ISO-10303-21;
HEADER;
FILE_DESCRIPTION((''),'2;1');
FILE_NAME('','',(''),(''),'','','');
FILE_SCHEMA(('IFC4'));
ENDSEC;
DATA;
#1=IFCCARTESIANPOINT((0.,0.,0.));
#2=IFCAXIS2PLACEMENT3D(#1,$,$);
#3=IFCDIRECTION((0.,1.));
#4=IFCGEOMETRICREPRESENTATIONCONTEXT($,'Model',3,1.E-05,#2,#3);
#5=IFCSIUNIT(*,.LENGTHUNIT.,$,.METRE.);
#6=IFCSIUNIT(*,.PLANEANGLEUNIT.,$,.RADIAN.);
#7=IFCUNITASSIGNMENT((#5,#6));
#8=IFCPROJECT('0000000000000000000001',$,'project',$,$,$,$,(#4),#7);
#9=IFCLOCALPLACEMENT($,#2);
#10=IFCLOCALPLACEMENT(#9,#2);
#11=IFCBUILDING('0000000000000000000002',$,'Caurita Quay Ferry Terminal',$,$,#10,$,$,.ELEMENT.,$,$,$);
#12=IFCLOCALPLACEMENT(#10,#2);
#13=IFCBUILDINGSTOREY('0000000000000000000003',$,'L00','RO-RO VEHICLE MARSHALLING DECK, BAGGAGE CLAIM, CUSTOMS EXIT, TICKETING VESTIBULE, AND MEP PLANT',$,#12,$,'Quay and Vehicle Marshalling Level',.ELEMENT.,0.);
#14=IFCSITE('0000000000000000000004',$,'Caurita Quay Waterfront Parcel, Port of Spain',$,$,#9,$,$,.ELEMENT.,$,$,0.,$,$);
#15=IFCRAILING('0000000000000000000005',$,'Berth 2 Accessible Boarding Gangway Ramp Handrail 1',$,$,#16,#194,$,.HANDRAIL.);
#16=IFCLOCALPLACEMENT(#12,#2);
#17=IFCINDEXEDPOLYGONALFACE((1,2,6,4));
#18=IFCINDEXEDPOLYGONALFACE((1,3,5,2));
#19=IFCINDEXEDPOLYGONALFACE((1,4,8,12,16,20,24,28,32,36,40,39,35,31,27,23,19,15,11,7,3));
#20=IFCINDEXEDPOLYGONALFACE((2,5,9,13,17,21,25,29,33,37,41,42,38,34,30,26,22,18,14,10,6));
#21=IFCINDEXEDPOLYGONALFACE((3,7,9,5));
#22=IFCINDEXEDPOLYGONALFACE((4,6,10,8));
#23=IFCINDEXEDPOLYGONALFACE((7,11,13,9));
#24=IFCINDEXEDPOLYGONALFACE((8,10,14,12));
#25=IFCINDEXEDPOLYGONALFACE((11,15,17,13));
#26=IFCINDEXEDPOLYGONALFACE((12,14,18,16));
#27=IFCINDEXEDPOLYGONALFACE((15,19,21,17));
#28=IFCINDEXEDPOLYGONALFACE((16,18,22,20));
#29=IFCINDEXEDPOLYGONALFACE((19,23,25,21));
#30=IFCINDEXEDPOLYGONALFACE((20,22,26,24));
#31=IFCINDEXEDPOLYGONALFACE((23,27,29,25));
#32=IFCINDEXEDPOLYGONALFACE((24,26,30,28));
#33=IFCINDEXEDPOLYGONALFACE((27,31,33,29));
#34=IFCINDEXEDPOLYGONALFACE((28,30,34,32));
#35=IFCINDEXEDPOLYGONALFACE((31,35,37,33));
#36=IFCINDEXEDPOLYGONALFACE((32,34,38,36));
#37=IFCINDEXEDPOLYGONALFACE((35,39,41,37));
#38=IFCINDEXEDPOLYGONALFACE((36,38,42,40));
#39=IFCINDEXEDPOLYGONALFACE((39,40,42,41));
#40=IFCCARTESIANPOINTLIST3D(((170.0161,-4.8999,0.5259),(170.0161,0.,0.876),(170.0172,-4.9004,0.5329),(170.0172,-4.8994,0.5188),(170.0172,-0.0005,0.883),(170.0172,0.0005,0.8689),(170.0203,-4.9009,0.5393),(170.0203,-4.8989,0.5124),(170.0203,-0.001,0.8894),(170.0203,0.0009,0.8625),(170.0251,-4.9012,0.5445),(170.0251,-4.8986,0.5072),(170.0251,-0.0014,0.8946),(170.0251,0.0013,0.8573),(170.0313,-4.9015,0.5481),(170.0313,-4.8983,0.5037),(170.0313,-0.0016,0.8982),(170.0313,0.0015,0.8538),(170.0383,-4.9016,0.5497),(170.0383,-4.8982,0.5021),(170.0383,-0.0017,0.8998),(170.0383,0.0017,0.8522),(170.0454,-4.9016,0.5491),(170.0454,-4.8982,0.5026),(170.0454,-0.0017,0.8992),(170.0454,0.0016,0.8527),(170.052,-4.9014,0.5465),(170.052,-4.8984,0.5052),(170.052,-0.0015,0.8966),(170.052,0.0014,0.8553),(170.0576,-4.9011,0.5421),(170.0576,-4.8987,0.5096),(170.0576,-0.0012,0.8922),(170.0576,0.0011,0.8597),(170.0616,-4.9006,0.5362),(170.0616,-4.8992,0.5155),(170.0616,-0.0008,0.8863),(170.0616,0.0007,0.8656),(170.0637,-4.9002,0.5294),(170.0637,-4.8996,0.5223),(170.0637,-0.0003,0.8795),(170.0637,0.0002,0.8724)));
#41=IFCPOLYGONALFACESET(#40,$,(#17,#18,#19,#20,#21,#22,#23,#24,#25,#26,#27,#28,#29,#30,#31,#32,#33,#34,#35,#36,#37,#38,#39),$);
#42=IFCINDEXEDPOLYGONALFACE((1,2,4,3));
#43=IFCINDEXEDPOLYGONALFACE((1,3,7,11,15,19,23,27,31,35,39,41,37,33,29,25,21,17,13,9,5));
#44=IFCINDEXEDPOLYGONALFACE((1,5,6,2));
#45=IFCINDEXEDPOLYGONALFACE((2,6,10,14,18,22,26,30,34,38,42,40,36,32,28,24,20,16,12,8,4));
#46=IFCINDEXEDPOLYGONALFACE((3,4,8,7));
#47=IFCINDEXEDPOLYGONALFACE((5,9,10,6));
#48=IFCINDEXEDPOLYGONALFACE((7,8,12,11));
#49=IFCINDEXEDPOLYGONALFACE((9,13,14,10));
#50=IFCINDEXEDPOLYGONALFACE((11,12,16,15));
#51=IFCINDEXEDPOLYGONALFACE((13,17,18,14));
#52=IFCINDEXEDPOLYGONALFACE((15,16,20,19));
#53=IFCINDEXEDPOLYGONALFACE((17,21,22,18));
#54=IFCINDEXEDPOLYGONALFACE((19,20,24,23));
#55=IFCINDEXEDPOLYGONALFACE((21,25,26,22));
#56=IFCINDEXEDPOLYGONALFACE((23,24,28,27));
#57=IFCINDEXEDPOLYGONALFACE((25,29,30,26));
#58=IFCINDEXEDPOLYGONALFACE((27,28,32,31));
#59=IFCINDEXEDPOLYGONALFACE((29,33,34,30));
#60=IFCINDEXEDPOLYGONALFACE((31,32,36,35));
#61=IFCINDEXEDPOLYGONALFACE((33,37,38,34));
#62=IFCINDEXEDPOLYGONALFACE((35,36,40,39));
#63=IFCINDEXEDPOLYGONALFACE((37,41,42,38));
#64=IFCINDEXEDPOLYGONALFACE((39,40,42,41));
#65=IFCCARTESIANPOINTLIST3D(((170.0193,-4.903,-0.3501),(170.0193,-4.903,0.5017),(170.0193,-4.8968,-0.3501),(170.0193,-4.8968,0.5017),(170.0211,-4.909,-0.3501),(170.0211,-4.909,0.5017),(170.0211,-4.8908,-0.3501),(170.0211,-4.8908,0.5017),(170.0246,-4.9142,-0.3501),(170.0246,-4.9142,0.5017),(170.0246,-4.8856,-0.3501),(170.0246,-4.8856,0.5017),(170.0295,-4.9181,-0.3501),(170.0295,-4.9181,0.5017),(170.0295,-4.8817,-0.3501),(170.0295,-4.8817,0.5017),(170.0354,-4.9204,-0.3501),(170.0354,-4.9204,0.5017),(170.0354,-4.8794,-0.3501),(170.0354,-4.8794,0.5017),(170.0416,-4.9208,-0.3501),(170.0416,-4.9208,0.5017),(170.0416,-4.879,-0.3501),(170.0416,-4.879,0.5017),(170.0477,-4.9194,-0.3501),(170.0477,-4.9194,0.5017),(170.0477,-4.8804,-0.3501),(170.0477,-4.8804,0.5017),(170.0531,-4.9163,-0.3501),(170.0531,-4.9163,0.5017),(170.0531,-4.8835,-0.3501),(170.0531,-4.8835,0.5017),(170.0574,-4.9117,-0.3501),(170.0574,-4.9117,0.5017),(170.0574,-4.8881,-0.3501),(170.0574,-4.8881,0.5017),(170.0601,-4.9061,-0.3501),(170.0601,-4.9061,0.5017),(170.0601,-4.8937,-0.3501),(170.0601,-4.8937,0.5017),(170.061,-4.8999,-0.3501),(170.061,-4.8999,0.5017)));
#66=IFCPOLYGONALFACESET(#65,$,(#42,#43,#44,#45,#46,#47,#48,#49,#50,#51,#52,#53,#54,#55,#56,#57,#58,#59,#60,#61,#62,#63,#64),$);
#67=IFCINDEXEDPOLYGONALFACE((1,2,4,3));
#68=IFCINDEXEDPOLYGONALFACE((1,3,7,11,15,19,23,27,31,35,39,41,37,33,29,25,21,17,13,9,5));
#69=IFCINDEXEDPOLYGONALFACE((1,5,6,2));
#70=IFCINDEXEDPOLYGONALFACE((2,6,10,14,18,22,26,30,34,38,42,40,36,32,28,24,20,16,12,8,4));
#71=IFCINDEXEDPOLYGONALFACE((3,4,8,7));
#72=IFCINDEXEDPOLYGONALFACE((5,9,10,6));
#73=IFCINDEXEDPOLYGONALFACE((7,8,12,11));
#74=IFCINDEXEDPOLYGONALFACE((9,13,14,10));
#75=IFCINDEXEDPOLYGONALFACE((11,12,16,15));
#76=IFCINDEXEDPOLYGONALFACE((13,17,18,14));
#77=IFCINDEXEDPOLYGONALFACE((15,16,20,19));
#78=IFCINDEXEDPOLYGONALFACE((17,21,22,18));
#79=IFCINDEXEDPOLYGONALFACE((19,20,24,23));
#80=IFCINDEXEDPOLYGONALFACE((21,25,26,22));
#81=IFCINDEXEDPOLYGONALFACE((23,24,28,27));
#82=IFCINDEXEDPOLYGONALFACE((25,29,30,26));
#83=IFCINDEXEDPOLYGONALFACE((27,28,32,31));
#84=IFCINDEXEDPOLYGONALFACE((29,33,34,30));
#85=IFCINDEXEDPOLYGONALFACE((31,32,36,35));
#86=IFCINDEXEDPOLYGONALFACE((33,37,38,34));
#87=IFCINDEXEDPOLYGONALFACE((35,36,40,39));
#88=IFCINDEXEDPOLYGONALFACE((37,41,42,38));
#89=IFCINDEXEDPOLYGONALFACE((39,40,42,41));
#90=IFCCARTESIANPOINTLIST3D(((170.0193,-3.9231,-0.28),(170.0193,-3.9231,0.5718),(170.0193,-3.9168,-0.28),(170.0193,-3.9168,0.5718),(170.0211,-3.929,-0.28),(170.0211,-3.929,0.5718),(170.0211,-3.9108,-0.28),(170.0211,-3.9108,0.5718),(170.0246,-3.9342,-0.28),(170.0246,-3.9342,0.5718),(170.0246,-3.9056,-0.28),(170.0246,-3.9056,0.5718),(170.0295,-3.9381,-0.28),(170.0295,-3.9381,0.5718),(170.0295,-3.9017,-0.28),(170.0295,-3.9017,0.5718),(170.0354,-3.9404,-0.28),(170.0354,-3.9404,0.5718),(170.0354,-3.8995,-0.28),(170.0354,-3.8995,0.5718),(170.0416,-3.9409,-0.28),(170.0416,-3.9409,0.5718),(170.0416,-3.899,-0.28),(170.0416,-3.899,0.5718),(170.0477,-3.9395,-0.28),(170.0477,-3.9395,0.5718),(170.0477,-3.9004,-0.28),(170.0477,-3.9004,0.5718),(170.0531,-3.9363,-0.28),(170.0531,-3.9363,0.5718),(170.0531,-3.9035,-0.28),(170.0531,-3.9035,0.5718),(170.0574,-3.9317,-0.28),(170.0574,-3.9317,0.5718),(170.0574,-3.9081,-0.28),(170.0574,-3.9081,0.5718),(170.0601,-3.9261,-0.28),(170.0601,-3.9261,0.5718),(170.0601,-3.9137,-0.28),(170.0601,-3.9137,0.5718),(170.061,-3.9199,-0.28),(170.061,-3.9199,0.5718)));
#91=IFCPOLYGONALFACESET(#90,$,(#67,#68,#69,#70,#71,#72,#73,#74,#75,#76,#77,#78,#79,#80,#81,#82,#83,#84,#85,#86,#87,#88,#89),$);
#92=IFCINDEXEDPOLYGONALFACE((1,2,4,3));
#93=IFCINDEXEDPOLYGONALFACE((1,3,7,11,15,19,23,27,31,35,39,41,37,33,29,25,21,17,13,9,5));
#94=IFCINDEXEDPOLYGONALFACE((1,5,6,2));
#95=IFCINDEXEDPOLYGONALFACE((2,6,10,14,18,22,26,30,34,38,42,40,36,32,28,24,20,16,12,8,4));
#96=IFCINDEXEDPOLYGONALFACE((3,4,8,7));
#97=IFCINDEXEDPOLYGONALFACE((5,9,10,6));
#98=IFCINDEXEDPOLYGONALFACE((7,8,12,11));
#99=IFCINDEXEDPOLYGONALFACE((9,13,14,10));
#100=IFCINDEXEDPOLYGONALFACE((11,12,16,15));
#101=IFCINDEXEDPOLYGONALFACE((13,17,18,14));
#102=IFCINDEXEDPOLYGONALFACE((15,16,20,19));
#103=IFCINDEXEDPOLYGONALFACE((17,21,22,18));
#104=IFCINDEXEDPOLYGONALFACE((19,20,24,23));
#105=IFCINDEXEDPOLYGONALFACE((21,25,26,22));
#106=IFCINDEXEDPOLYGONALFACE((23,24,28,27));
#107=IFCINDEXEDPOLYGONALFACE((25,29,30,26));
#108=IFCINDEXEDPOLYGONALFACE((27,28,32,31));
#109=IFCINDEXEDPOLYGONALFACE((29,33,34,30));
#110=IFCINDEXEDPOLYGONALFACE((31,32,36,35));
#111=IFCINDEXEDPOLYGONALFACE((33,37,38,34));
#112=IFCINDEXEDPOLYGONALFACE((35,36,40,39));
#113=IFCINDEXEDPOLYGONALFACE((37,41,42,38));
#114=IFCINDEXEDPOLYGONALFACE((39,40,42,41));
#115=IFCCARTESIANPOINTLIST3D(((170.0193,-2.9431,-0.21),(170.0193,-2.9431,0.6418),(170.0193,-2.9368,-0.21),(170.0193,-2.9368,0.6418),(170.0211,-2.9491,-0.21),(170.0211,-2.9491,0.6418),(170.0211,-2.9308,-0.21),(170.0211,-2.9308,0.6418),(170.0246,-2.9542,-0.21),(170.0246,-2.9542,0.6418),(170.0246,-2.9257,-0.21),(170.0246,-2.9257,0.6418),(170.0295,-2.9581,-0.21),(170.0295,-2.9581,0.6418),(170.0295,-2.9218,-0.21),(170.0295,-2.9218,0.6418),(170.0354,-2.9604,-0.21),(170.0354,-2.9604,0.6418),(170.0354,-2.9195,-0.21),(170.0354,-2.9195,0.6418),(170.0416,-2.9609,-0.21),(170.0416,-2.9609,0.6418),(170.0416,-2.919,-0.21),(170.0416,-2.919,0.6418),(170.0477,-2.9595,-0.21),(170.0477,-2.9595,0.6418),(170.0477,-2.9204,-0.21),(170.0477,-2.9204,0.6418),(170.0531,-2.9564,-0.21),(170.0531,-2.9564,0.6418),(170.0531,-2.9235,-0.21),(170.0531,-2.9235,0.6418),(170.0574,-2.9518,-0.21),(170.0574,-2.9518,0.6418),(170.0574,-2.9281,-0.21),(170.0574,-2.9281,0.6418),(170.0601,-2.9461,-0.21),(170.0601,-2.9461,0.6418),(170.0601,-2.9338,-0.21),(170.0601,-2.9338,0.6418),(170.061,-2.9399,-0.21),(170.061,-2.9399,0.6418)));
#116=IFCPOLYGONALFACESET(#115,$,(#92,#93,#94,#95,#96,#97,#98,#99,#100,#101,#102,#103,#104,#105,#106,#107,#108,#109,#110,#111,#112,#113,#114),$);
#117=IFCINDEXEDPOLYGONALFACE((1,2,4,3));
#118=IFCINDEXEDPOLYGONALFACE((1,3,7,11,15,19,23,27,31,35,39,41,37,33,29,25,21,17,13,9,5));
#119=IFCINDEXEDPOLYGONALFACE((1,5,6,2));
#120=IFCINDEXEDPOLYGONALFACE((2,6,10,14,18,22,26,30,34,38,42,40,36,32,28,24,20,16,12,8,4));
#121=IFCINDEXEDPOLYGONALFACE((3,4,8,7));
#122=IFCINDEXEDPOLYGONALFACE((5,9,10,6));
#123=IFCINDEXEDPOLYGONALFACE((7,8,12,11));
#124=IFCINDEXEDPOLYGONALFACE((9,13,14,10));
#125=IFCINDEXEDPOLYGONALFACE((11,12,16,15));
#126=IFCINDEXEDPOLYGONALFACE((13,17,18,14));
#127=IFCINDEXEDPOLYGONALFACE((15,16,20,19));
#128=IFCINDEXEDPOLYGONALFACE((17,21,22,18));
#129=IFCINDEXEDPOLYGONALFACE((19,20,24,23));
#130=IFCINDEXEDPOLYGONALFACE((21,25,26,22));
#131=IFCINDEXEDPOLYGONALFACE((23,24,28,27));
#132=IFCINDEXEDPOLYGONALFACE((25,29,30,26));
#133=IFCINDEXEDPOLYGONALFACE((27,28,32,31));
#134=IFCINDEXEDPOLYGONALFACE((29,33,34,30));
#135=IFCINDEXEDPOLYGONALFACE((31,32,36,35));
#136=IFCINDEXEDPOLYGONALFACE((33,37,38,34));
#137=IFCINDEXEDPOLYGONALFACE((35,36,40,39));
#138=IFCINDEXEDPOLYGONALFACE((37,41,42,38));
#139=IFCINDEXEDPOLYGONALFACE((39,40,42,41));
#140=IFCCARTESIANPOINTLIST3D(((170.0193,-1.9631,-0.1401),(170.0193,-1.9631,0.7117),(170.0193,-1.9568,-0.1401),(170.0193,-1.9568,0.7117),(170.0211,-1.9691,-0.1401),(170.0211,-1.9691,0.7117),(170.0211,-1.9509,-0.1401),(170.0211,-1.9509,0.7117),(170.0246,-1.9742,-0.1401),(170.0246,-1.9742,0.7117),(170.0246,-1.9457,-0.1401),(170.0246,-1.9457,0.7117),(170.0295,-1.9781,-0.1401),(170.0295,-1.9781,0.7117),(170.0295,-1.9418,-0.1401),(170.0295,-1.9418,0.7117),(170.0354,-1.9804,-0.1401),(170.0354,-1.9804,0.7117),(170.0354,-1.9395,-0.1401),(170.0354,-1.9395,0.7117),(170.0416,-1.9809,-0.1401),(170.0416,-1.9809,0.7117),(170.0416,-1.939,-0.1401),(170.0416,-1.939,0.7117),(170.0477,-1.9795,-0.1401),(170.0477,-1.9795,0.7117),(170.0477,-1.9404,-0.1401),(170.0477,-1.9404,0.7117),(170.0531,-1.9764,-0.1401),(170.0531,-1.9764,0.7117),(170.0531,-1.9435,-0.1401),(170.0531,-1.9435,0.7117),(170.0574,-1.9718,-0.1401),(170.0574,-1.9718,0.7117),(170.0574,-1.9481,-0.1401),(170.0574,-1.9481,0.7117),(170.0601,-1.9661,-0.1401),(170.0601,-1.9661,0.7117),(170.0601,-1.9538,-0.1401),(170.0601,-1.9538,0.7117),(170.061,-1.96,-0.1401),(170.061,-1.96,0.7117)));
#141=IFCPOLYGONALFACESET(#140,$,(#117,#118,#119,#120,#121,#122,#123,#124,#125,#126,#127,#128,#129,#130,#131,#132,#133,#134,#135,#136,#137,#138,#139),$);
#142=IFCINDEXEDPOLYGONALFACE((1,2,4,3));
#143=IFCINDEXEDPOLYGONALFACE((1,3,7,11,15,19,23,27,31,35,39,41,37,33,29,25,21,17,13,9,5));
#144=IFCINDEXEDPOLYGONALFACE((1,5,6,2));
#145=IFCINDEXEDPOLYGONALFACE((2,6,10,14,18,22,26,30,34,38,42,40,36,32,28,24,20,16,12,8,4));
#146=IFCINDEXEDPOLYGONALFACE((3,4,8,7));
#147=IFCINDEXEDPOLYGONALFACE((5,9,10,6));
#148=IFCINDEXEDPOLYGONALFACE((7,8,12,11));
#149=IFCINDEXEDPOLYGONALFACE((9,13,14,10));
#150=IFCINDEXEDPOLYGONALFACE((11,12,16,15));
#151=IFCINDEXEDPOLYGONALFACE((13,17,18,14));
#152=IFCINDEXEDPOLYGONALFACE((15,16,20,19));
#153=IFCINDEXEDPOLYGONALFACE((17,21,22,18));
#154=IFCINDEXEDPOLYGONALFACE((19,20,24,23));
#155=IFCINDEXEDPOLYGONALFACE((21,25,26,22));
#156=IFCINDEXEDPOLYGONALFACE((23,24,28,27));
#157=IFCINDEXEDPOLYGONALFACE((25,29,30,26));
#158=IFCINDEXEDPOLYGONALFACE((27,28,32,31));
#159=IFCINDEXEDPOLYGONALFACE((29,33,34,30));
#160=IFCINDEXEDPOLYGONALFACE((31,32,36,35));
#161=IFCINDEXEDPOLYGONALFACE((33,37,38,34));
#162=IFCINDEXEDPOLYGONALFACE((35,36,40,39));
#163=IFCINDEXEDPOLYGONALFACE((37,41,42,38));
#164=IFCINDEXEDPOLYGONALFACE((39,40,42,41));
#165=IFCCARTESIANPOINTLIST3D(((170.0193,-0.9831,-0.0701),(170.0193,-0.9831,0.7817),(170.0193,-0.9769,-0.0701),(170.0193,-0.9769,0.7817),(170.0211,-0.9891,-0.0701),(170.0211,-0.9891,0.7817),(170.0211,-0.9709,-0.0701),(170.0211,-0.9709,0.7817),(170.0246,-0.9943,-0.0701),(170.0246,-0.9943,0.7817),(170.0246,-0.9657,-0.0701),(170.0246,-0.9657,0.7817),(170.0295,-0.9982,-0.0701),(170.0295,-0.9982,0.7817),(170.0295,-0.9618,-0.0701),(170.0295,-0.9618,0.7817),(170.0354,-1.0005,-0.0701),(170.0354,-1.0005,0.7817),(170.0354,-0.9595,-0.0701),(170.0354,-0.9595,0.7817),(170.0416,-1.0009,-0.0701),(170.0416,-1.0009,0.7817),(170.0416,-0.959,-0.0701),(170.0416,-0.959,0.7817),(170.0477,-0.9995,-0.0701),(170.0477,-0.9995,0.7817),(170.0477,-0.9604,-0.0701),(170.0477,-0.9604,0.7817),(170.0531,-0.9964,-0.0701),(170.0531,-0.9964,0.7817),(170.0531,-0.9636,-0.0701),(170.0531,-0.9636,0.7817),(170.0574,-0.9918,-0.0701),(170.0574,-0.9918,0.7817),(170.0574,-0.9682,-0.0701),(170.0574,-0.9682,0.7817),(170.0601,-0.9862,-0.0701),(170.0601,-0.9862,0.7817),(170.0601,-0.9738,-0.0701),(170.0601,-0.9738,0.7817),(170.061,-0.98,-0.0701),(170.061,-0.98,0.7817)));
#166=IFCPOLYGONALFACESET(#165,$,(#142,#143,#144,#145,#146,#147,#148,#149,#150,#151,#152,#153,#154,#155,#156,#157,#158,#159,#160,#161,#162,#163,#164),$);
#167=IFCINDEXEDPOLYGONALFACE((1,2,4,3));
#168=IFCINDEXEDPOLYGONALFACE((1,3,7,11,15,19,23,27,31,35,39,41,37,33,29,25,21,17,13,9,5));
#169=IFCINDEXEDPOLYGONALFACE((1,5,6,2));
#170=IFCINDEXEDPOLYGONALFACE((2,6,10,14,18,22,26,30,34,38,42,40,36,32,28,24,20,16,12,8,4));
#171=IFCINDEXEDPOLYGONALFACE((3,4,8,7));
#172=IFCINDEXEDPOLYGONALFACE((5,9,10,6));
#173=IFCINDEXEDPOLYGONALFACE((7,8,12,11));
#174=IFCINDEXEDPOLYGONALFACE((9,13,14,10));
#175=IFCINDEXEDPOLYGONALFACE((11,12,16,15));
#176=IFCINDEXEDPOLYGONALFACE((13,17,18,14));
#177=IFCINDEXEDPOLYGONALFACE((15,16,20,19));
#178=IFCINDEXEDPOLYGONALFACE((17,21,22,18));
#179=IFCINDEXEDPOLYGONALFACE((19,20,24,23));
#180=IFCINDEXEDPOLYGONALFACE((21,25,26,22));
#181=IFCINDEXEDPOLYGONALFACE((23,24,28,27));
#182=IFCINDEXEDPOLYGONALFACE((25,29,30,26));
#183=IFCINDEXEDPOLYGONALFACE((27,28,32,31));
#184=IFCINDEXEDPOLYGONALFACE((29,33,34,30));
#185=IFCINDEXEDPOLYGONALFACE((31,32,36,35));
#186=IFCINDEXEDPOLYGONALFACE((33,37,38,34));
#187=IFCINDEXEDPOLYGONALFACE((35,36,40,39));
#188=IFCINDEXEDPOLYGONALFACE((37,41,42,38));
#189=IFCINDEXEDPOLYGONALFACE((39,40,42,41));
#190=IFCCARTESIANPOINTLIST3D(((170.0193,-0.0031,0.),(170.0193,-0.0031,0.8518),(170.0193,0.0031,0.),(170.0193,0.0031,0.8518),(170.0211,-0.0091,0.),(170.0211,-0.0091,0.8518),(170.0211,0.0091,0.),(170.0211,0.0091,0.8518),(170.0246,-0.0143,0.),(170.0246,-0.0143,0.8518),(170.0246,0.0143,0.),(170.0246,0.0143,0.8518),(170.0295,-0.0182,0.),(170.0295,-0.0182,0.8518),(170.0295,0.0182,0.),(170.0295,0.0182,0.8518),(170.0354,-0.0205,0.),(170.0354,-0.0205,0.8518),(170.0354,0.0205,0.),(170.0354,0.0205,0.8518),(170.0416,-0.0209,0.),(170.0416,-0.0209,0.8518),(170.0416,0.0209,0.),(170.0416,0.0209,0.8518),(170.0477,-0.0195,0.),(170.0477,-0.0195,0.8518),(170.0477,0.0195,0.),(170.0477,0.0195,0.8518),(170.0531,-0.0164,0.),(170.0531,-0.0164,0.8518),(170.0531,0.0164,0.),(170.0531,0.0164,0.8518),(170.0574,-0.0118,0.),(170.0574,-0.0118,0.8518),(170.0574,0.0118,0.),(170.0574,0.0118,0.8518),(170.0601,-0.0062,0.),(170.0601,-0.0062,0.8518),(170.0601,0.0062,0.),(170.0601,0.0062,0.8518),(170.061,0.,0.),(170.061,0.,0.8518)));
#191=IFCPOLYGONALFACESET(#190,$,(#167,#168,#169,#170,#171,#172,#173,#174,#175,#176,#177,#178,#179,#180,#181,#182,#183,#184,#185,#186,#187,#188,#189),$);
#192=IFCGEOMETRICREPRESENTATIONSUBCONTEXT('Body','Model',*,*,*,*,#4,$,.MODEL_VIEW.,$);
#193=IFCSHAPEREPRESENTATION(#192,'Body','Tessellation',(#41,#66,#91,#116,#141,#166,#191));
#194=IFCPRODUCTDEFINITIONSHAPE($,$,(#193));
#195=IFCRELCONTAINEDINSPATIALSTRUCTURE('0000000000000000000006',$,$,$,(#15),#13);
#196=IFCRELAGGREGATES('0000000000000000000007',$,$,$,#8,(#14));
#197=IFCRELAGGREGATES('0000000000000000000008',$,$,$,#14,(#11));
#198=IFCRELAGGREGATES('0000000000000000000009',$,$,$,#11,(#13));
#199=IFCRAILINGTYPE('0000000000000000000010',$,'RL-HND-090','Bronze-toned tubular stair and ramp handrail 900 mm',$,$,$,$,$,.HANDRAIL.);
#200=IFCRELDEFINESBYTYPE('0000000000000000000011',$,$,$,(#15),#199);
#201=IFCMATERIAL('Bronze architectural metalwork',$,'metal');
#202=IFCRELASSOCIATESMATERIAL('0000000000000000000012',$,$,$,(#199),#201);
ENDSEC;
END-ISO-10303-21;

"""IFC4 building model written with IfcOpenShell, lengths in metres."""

from ifc_helpers import new_model, si_unit, direction, frame, origin, origin_2d, place, context, subcontext, project, spatial, circle, extrude, material, type_object, element, save


model = new_model("IFC4")

# Units and contexts
model_context = context("Model", 3, precision=1e-05, world=origin(), true_north=direction((0.0, 1.0)))
body_context = subcontext(model_context, "Body", "Model", "MODEL_VIEW")
ifc_project = project(units=[si_unit("LENGTHUNIT", "METRE"), si_unit("PLANEANGLEUNIT", "RADIAN")], contexts=[model_context])

# Site, building, storey
site_placement = place(None, origin())
site = spatial("IfcSite", under=ifc_project, at=site_placement, Name="Caurita Quay Waterfront Parcel, Port of Spain", CompositionType="ELEMENT", RefElevation=0.0)
building_placement = place(site_placement, origin())
building = spatial("IfcBuilding", under=site, at=building_placement, Name="Caurita Quay Ferry Terminal", CompositionType="ELEMENT")
storey_placement = place(building_placement, origin())
storey = spatial("IfcBuildingStorey", under=building, at=storey_placement, Name="L00", Description="RO-RO VEHICLE MARSHALLING DECK, BAGGAGE CLAIM, CUSTOMS EXIT, TICKETING VESTIBULE, AND MEP PLANT", LongName="Quay and Vehicle Marshalling Level", CompositionType="ELEMENT", Elevation=0.0)

# Railing
ifc_material_1 = material(Name="Bronze architectural metalwork", Category="metal")
railing_type_1 = type_object("IfcRailingType", Name="RL-HND-090", Description="Bronze-toned tubular stair and ramp handrail 900 mm", PredefinedType="HANDRAIL", material=ifc_material_1)
for number, where, name in (
    (1, (170.04, -4.8999, -0.3501), "Berth 2 Accessible Boarding Gangway Ramp Handrail 1"),
):
    element("IfcRailing", number, at=place(storey_placement, frame(where)), inside=storey, type_object=railing_type_1, Name=name, PredefinedType="HANDRAIL", context=body_context, shape_type="SweptSolid", body=[
        extrude(circle(Radius=0.0239, at=origin_2d()), frame((0.0, 0.0, 0.876), z_axis=(0.0, 0.997457, 0.071268), x_axis=(-1.0, 0.0, 0.0)), (0.0, 0.0, 1.0), 4.9124),
        extrude(circle(Radius=0.021, at=origin_2d()), origin(), (0.0, 0.0, 1.0), 0.8518),
        extrude(circle(Radius=0.021, at=origin_2d()), frame((0.0, 0.98, 0.0701)), (0.0, 0.0, 1.0), 0.8518),
        extrude(circle(Radius=0.021, at=origin_2d()), frame((0.0, 1.96, 0.1401)), (0.0, 0.0, 1.0), 0.8518),
        extrude(circle(Radius=0.021, at=origin_2d()), frame((0.0, 2.9399, 0.21)), (0.0, 0.0, 1.0), 0.8518),
        extrude(circle(Radius=0.021, at=origin_2d()), frame((0.0, 3.9199, 0.28)), (0.0, 0.0, 1.0), 0.8518),
        extrude(circle(Radius=0.021, at=origin_2d()), frame((0.0, 4.8999, 0.3501)), (0.0, 0.0, 1.0), 0.8518),
    ])

save(model, "model.ifc")
